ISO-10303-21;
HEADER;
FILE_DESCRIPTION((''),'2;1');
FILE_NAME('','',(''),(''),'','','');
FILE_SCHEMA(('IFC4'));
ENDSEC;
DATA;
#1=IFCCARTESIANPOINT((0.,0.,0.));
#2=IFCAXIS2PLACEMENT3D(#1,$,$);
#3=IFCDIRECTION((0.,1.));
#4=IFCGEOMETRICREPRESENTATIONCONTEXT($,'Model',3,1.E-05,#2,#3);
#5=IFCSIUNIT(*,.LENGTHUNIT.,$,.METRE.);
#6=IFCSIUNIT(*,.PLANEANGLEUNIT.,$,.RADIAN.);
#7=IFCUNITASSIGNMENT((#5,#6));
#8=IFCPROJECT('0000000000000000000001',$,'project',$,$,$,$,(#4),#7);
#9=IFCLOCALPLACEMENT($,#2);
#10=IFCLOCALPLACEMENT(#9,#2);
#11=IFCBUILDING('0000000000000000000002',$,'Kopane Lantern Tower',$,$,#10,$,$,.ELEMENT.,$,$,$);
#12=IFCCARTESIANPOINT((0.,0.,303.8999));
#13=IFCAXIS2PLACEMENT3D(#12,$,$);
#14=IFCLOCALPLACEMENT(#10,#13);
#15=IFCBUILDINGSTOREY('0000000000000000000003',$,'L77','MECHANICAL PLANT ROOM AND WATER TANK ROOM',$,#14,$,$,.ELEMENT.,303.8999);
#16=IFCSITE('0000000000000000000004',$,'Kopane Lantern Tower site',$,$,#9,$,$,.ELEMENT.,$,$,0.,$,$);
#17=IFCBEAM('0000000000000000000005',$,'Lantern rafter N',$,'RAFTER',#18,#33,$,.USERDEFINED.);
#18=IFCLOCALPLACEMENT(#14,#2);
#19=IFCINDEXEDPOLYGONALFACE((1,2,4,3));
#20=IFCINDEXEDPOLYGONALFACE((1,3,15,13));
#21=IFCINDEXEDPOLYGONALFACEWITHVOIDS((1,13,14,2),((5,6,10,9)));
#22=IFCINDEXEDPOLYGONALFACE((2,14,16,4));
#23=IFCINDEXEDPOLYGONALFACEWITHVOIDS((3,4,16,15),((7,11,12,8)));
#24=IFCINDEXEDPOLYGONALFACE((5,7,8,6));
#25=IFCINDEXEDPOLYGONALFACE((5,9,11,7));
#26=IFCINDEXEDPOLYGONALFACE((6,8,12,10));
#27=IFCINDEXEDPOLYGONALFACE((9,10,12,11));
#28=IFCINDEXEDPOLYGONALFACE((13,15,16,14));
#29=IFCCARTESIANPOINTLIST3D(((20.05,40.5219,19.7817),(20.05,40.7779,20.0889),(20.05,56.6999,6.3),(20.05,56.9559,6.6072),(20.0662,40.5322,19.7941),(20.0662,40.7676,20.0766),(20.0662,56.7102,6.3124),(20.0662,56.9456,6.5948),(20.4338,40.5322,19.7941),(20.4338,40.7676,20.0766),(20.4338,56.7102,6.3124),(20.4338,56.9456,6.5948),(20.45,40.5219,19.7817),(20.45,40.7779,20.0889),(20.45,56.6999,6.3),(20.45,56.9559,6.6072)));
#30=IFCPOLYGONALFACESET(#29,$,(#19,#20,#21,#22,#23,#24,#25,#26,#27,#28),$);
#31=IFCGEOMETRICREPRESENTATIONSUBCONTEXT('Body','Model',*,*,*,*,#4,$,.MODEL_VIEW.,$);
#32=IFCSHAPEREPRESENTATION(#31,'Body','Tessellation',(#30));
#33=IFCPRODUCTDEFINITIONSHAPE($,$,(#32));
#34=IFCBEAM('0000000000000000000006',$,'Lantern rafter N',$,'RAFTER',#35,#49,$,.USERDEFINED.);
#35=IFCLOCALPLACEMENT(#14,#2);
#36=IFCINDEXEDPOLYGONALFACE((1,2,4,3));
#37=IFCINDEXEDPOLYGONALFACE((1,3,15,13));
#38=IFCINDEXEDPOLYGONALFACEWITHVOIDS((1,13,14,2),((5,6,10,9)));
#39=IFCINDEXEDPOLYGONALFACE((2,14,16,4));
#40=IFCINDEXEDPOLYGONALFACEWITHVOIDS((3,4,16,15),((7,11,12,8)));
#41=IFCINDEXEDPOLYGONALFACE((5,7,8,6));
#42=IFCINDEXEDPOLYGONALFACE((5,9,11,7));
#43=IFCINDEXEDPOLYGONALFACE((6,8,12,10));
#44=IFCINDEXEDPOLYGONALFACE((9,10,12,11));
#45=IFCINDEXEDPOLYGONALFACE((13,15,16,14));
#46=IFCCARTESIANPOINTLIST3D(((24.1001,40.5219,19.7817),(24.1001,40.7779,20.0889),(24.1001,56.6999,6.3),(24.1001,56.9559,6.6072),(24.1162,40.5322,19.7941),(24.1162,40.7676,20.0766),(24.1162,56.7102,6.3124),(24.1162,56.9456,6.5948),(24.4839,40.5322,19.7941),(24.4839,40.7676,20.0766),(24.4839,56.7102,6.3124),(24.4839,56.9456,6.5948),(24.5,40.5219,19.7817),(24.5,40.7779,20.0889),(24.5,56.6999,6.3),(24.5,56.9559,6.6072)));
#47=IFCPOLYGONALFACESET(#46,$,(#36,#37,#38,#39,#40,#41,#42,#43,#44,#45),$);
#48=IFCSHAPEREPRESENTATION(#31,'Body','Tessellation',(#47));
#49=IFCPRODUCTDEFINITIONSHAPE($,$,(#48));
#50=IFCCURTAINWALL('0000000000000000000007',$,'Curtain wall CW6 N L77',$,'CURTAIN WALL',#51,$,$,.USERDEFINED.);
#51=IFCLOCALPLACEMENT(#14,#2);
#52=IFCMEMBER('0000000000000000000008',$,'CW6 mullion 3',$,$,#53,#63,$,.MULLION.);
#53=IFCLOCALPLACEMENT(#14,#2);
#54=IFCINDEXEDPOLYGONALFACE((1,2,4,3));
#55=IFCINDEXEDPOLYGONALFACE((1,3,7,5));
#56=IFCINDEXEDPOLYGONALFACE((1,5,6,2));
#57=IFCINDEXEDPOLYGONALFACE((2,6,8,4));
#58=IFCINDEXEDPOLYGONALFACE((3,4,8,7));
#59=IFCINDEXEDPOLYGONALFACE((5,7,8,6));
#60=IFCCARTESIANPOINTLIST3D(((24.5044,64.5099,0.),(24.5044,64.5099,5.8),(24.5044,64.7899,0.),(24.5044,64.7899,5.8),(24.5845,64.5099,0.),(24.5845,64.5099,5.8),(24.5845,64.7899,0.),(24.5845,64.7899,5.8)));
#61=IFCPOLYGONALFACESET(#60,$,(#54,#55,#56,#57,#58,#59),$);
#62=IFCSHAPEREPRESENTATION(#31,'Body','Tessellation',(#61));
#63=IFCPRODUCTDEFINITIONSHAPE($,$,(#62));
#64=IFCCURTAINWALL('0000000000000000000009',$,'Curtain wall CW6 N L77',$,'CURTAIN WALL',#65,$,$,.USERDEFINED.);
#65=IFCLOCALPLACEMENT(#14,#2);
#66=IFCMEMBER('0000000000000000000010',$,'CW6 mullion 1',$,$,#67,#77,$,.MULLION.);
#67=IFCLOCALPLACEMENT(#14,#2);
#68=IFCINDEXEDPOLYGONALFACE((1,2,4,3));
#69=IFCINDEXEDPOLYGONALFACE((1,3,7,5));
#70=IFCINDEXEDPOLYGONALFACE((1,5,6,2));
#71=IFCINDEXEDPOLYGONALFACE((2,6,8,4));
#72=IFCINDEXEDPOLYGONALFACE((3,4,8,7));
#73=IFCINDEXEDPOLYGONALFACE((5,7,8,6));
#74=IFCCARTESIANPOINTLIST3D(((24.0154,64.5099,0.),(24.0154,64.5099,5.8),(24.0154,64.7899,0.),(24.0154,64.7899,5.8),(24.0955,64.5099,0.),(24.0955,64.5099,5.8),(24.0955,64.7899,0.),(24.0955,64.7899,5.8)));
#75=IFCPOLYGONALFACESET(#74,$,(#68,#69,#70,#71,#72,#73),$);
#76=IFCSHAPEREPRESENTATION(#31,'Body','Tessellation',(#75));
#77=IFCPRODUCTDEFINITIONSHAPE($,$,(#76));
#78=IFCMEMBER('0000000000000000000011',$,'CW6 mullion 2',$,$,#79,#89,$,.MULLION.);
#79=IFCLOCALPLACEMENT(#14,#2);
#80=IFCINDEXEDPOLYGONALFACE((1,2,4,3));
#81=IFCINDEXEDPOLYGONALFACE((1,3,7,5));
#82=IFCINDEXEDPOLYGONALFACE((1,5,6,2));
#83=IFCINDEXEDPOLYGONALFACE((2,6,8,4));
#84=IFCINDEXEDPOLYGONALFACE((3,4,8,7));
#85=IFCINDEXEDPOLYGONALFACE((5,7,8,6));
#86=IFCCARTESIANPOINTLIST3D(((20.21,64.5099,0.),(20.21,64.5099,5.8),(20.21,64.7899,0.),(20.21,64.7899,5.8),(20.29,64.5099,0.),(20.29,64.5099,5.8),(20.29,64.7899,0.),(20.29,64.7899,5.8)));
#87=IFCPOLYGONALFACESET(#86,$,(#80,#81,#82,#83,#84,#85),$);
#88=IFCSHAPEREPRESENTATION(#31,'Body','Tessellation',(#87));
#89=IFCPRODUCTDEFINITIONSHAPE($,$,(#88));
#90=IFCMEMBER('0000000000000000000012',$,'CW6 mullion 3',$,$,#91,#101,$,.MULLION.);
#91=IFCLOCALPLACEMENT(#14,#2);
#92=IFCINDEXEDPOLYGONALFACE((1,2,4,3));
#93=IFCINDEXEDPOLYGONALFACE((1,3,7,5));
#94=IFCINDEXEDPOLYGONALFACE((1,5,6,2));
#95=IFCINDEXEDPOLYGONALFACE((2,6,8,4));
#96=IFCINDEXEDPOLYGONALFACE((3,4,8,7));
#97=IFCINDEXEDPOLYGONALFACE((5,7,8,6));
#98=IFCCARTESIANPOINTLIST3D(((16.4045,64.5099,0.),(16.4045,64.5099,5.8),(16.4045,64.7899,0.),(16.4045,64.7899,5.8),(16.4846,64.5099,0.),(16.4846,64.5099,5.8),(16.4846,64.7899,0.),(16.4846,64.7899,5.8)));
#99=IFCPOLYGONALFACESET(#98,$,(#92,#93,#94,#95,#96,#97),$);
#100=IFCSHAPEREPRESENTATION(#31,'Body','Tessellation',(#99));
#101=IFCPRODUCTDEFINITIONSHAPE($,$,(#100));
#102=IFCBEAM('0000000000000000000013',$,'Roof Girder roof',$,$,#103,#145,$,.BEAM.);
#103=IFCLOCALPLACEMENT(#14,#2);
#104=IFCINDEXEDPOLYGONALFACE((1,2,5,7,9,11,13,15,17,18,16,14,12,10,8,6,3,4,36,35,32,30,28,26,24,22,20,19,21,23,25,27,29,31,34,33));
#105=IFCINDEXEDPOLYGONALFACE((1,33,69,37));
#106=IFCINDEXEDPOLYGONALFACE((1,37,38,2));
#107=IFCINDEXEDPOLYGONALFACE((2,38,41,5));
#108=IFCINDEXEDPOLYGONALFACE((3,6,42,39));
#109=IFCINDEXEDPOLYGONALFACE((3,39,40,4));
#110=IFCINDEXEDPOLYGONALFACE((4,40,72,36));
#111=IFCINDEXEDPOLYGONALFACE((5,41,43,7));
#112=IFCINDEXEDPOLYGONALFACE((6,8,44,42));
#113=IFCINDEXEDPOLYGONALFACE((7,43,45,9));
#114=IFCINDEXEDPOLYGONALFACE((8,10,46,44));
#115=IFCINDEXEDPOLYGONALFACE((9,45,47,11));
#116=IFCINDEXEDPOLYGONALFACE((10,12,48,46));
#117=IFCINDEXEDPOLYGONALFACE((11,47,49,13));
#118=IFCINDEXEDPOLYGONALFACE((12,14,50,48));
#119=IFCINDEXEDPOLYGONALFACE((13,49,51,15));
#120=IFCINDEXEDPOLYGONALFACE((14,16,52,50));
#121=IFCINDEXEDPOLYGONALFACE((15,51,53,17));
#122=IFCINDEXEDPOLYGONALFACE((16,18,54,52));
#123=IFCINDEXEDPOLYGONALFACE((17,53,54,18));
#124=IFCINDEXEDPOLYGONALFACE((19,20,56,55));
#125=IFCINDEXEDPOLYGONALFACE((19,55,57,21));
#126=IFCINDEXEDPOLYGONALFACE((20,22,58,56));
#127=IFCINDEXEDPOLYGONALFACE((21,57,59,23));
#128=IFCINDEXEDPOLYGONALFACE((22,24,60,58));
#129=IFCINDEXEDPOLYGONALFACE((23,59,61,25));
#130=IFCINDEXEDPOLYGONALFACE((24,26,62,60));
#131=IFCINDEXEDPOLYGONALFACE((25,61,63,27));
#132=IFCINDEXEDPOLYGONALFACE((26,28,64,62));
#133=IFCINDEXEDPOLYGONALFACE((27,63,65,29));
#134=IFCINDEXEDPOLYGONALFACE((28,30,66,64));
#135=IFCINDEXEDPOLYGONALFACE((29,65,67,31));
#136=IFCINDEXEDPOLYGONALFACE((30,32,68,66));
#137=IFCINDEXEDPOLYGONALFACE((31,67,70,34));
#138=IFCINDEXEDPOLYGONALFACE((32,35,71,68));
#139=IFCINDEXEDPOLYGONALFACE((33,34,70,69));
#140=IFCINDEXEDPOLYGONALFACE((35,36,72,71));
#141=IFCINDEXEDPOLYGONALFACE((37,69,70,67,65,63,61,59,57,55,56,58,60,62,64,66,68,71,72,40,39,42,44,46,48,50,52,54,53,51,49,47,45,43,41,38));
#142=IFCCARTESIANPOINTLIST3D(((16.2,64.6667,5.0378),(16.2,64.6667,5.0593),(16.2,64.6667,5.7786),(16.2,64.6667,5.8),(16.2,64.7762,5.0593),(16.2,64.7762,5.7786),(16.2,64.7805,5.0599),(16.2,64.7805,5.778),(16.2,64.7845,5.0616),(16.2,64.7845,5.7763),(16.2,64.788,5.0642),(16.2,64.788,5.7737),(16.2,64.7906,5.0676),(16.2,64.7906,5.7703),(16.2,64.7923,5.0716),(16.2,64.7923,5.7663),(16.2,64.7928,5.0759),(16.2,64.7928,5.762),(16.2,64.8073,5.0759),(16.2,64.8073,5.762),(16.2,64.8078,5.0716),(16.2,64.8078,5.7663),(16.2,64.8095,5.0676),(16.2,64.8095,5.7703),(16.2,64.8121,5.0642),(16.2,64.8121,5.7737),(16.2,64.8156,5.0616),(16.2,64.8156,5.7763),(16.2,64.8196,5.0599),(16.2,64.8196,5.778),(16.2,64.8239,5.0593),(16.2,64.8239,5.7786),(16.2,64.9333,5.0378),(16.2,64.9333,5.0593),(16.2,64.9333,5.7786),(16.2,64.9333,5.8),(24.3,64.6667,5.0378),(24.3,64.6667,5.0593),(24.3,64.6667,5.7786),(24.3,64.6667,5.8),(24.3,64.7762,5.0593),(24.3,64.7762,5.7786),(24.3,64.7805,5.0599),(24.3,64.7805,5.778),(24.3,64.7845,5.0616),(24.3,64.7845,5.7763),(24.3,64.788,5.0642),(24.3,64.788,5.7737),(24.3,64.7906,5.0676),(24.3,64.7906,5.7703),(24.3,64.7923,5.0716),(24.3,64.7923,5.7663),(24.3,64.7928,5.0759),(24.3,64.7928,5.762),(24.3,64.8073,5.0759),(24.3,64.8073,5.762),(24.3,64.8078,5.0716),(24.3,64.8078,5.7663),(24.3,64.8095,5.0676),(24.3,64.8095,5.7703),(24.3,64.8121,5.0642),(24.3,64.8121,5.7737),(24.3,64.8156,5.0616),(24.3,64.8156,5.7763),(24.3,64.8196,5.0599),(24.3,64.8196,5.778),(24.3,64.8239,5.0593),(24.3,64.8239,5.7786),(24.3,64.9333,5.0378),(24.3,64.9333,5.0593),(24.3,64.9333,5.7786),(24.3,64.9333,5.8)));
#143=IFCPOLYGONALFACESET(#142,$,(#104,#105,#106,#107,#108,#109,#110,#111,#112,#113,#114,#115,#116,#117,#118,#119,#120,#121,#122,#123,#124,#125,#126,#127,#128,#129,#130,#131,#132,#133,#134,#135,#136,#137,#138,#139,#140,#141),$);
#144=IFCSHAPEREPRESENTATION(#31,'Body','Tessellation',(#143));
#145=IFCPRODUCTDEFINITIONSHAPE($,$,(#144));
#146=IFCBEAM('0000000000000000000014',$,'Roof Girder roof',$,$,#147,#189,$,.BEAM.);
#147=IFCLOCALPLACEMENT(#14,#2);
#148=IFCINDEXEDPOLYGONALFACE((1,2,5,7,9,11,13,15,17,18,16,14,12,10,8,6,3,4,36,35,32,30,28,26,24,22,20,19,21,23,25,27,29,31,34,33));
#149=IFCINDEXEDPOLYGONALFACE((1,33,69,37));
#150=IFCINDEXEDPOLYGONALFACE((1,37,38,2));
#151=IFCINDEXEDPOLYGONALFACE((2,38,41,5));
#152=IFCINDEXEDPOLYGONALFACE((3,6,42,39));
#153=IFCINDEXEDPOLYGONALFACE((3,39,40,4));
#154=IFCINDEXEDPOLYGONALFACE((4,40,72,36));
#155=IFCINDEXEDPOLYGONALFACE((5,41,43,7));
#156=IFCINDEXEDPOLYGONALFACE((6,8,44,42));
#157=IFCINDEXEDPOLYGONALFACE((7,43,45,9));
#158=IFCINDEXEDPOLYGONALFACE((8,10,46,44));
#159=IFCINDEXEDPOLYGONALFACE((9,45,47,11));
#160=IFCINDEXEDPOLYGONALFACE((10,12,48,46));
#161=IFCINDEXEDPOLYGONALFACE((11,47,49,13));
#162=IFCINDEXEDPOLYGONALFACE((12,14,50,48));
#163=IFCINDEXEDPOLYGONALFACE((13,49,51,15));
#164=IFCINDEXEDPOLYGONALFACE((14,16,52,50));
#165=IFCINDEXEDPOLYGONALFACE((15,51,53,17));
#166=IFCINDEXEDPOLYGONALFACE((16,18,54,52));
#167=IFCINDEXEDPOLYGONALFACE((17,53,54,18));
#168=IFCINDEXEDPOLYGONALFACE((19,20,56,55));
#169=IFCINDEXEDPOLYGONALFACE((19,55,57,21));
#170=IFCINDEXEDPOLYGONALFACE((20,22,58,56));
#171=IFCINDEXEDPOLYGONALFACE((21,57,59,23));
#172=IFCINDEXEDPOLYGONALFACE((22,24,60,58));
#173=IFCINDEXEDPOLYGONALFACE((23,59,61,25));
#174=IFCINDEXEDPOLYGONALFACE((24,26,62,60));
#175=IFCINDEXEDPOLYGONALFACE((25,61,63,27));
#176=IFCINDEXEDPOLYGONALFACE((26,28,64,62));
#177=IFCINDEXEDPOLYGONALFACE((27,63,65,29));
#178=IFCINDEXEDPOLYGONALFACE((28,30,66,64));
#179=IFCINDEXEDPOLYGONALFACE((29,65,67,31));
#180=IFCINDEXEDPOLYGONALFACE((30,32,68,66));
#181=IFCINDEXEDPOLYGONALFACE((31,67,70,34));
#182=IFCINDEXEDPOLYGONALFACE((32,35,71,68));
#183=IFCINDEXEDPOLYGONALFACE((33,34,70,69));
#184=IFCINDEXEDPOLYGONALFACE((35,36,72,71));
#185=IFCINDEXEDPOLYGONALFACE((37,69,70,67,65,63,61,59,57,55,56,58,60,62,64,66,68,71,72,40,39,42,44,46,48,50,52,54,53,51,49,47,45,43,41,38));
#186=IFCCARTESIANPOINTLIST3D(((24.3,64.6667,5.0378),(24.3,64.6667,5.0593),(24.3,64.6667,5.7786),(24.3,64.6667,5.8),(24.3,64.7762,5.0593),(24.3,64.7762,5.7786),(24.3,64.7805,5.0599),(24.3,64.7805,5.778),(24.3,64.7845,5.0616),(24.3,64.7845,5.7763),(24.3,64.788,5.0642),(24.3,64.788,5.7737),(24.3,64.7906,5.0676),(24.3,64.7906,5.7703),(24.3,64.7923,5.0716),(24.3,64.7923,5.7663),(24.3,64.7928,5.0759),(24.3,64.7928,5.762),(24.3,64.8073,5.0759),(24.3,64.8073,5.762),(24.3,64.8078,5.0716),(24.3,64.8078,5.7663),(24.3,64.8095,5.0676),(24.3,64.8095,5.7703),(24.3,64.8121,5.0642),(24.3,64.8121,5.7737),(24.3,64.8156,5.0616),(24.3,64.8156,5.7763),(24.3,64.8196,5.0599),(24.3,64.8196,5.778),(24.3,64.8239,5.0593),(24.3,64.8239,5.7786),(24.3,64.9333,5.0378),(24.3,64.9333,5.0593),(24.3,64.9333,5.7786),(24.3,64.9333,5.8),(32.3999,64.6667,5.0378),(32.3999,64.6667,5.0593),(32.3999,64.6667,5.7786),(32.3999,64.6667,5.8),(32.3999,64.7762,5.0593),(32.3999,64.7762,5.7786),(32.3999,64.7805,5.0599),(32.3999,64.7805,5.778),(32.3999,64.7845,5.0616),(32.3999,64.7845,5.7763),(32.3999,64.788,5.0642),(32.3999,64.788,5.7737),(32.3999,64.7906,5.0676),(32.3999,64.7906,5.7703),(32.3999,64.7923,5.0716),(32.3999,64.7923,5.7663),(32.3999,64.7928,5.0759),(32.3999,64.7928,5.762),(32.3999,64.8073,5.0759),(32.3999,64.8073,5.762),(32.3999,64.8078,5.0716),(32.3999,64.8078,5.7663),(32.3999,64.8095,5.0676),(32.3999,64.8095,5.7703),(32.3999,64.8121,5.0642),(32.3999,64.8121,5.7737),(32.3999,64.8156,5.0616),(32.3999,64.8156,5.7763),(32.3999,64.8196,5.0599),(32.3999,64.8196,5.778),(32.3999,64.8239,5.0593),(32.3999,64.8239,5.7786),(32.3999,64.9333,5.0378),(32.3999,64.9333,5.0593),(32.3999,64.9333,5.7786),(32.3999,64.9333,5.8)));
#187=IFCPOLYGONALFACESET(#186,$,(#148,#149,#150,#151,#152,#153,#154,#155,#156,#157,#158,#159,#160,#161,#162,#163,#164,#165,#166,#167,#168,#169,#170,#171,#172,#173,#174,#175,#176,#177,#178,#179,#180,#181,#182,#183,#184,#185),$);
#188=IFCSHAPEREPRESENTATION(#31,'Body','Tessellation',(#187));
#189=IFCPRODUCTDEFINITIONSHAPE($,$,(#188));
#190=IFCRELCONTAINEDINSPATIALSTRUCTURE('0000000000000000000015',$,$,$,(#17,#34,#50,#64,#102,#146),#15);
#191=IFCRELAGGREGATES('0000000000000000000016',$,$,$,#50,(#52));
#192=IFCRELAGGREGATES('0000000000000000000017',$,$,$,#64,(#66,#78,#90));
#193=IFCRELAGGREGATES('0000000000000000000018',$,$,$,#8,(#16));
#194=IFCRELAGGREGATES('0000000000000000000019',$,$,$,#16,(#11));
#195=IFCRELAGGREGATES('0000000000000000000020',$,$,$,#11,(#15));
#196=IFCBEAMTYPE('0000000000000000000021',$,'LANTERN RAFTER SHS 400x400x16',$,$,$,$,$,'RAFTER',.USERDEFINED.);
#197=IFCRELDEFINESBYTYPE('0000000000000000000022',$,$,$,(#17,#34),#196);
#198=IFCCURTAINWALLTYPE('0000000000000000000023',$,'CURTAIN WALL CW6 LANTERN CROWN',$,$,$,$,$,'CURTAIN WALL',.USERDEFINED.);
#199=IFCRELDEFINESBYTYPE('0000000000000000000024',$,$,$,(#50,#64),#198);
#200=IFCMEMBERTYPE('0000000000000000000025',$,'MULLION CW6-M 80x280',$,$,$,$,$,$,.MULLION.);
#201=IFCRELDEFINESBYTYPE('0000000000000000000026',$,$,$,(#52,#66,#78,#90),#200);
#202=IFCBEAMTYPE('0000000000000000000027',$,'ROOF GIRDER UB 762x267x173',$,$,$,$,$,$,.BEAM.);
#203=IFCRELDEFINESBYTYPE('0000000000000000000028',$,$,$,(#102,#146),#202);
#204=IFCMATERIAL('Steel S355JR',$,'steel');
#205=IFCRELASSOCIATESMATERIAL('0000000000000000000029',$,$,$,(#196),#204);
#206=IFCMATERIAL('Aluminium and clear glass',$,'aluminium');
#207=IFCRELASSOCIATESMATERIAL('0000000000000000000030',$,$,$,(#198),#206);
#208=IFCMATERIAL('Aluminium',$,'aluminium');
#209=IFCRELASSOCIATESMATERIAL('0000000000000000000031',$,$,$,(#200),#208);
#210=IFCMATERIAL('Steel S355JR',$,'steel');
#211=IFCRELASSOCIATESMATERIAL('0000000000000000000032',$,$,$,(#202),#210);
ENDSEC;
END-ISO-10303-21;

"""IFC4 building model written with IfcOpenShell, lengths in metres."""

from ifc_helpers import new_model, si_unit, direction, frame, origin, origin_2d, place, context, subcontext, project, spatial, rectangle, hollow_rectangle, i_section, extrude, material, material_profile, profile_set, type_object, element, aggregate, save


model = new_model("IFC4")

# Units and contexts
model_context = context("Model", 3, precision=1e-05, world=origin(), true_north=direction((0.0, 1.0)))
body_context = subcontext(model_context, "Body", "Model", "MODEL_VIEW")
ifc_project = project(units=[si_unit("LENGTHUNIT", "METRE"), si_unit("PLANEANGLEUNIT", "RADIAN")], contexts=[model_context])

# Site, building, storey
site_placement = place(None, origin())
site = spatial("IfcSite", under=ifc_project, at=site_placement, Name="Kopane Lantern Tower site", CompositionType="ELEMENT", RefElevation=0.0)
building_placement = place(site_placement, origin())
building = spatial("IfcBuilding", under=site, at=building_placement, Name="Kopane Lantern Tower", CompositionType="ELEMENT")
storey_placement = place(building_placement, frame((0.0, 0.0, 303.8999)))
storey = spatial("IfcBuildingStorey", under=building, at=storey_placement, Name="L77", Description="MECHANICAL PLANT ROOM AND WATER TANK ROOM", CompositionType="ELEMENT", Elevation=303.8999)

# Beams
ifc_material_1 = material(Name="Steel S355JR", Category="steel")
ifc_material_profile_1 = material_profile(ifc_material_1, hollow_rectangle(XDim=0.3999, YDim=0.3999, WallThickness=0.0161, at=origin_2d()), Name="RHS 400x400x16")
ifc_profile_set_1 = profile_set([ifc_material_profile_1], Name="Steel S355JR")
beam_type_1 = type_object("IfcBeamType", Name="LANTERN RAFTER SHS 400x400x16", ElementType="RAFTER", PredefinedType="USERDEFINED", material=ifc_profile_set_1)
for number, where, z_axis, x_axis, name in (
    (1, (20.25, 56.8279, 6.4536), (0.0, -0.76822, 0.640186), (1.0, 0.0, 0.0), "Lantern rafter N"),
    (2, (24.3, 56.8279, 6.4536), (0.0, -0.76822, 0.640186), (1.0, 0.0, 0.0), "Lantern rafter N"),
):
    element("IfcBeam", number, at=place(storey_placement, frame(where, z_axis=z_axis, x_axis=x_axis)), inside=storey, type_object=beam_type_1, Name=name, ObjectType="RAFTER", PredefinedType="USERDEFINED", context=body_context, shape_type="SweptSolid", body=[
        extrude(hollow_rectangle(XDim=0.3999, YDim=0.3999, WallThickness=0.0161, at=origin_2d()), origin(), (0.0, 0.0, 1.0), 21.0591),
    ])

# Curtain wall, member
ifc_material_2 = material(Name="Aluminium and clear glass", Category="aluminium")
curtain_wall_type = type_object("IfcCurtainWallType", Name="CURTAIN WALL CW6 LANTERN CROWN", ElementType="CURTAIN WALL", PredefinedType="USERDEFINED", material=ifc_material_2)
curtain_wall_1_placement = place(storey_placement, origin())
curtain_wall_1 = element("IfcCurtainWall", 3, at=curtain_wall_1_placement, inside=storey, type_object=curtain_wall_type, Name="Curtain wall CW6 N L77", ObjectType="CURTAIN WALL", PredefinedType="USERDEFINED")
ifc_material_3 = material(Name="Aluminium", Category="aluminium")
ifc_material_profile_2 = material_profile(ifc_material_3, rectangle(XDim=0.0801, YDim=0.28, at=origin_2d()), Name="AL 80x280")
ifc_profile_set_2 = profile_set([ifc_material_profile_2], Name="Aluminium")
member_type_1 = type_object("IfcMemberType", Name="MULLION CW6-M 80x280", PredefinedType="MULLION", material=ifc_profile_set_2)
member_1_placement = place(storey_placement, frame((24.5444, 64.6499, 0.0), z_axis=(0.0, 0.0, 1.0), x_axis=(-1.0, 0.0, 0.0)))
member_1 = element("IfcMember", 4, at=member_1_placement, type_object=member_type_1, Name="CW6 mullion 3", PredefinedType="MULLION", context=body_context, shape_type="SweptSolid", body=[
    extrude(rectangle(XDim=0.0801, YDim=0.28, at=origin_2d()), origin(), (0.0, 0.0, 1.0), 5.8),
])

# Curtain wall, members
curtain_wall_2_placement = place(storey_placement, origin())
curtain_wall_2 = element("IfcCurtainWall", 5, at=curtain_wall_2_placement, inside=storey, type_object=curtain_wall_type, Name="Curtain wall CW6 N L77", ObjectType="CURTAIN WALL", PredefinedType="USERDEFINED")
member_2_placement = place(storey_placement, frame((24.0554, 64.6499, 0.0), z_axis=(0.0, 0.0, 1.0), x_axis=(-1.0, 0.0, 0.0)))
member_2 = element("IfcMember", 6, at=member_2_placement, type_object=member_type_1, Name="CW6 mullion 1", PredefinedType="MULLION", context=body_context, shape_type="SweptSolid", body=[
    extrude(rectangle(XDim=0.0801, YDim=0.28, at=origin_2d()), origin(), (0.0, 0.0, 1.0), 5.8),
])
member_3_placement = place(storey_placement, frame((20.25, 64.6499, 0.0), z_axis=(0.0, 0.0, 1.0), x_axis=(-1.0, 0.0, 0.0)))
member_3 = element("IfcMember", 7, at=member_3_placement, type_object=member_type_1, Name="CW6 mullion 2", PredefinedType="MULLION", context=body_context, shape_type="SweptSolid", body=[
    extrude(rectangle(XDim=0.0801, YDim=0.28, at=origin_2d()), origin(), (0.0, 0.0, 1.0), 5.8),
])
member_4_placement = place(storey_placement, frame((16.4446, 64.6499, 0.0), z_axis=(0.0, 0.0, 1.0), x_axis=(-1.0, 0.0, 0.0)))
member_4 = element("IfcMember", 8, at=member_4_placement, type_object=member_type_1, Name="CW6 mullion 3", PredefinedType="MULLION", context=body_context, shape_type="SweptSolid", body=[
    extrude(rectangle(XDim=0.0801, YDim=0.28, at=origin_2d()), origin(), (0.0, 0.0, 1.0), 5.8),
])

# Beams
ifc_material_4 = material(Name="Steel S355JR", Category="steel")
ifc_material_profile_3 = material_profile(ifc_material_4, i_section(OverallWidth=0.2666, OverallDepth=0.7622, WebThickness=0.0144, FlangeThickness=0.0215, FilletRadius=0.0166, at=origin_2d()), Name="UB 762x267x173")
ifc_profile_set_3 = profile_set([ifc_material_profile_3], Name="Steel S355JR")
beam_type_2 = type_object("IfcBeamType", Name="ROOF GIRDER UB 762x267x173", PredefinedType="BEAM", material=ifc_profile_set_3)
beam_1_placement = place(storey_placement, frame((16.2, 64.8, 5.4189), z_axis=(1.0, 0.0, 0.0), x_axis=(0.0, 1.0, 0.0)))
element("IfcBeam", 9, at=beam_1_placement, inside=storey, type_object=beam_type_2, Name="Roof Girder roof", PredefinedType="BEAM", context=body_context, shape_type="SweptSolid", body=[
    extrude(i_section(OverallWidth=0.2666, OverallDepth=0.7622, WebThickness=0.0144, FlangeThickness=0.0215, FilletRadius=0.0166, at=origin_2d()), origin(), (0.0, 0.0, 1.0), 8.1001),
])
beam_2_placement = place(storey_placement, frame((24.3, 64.8, 5.4189), z_axis=(1.0, 0.0, 0.0), x_axis=(0.0, 1.0, 0.0)))
element("IfcBeam", 10, at=beam_2_placement, inside=storey, type_object=beam_type_2, Name="Roof Girder roof", PredefinedType="BEAM", context=body_context, shape_type="SweptSolid", body=[
    extrude(i_section(OverallWidth=0.2666, OverallDepth=0.7622, WebThickness=0.0144, FlangeThickness=0.0215, FilletRadius=0.0166, at=origin_2d()), origin(), (0.0, 0.0, 1.0), 8.0999),
])

aggregate(curtain_wall_1, [member_1])
aggregate(curtain_wall_2, [member_2, member_3, member_4])

save(model, "model.ifc")
